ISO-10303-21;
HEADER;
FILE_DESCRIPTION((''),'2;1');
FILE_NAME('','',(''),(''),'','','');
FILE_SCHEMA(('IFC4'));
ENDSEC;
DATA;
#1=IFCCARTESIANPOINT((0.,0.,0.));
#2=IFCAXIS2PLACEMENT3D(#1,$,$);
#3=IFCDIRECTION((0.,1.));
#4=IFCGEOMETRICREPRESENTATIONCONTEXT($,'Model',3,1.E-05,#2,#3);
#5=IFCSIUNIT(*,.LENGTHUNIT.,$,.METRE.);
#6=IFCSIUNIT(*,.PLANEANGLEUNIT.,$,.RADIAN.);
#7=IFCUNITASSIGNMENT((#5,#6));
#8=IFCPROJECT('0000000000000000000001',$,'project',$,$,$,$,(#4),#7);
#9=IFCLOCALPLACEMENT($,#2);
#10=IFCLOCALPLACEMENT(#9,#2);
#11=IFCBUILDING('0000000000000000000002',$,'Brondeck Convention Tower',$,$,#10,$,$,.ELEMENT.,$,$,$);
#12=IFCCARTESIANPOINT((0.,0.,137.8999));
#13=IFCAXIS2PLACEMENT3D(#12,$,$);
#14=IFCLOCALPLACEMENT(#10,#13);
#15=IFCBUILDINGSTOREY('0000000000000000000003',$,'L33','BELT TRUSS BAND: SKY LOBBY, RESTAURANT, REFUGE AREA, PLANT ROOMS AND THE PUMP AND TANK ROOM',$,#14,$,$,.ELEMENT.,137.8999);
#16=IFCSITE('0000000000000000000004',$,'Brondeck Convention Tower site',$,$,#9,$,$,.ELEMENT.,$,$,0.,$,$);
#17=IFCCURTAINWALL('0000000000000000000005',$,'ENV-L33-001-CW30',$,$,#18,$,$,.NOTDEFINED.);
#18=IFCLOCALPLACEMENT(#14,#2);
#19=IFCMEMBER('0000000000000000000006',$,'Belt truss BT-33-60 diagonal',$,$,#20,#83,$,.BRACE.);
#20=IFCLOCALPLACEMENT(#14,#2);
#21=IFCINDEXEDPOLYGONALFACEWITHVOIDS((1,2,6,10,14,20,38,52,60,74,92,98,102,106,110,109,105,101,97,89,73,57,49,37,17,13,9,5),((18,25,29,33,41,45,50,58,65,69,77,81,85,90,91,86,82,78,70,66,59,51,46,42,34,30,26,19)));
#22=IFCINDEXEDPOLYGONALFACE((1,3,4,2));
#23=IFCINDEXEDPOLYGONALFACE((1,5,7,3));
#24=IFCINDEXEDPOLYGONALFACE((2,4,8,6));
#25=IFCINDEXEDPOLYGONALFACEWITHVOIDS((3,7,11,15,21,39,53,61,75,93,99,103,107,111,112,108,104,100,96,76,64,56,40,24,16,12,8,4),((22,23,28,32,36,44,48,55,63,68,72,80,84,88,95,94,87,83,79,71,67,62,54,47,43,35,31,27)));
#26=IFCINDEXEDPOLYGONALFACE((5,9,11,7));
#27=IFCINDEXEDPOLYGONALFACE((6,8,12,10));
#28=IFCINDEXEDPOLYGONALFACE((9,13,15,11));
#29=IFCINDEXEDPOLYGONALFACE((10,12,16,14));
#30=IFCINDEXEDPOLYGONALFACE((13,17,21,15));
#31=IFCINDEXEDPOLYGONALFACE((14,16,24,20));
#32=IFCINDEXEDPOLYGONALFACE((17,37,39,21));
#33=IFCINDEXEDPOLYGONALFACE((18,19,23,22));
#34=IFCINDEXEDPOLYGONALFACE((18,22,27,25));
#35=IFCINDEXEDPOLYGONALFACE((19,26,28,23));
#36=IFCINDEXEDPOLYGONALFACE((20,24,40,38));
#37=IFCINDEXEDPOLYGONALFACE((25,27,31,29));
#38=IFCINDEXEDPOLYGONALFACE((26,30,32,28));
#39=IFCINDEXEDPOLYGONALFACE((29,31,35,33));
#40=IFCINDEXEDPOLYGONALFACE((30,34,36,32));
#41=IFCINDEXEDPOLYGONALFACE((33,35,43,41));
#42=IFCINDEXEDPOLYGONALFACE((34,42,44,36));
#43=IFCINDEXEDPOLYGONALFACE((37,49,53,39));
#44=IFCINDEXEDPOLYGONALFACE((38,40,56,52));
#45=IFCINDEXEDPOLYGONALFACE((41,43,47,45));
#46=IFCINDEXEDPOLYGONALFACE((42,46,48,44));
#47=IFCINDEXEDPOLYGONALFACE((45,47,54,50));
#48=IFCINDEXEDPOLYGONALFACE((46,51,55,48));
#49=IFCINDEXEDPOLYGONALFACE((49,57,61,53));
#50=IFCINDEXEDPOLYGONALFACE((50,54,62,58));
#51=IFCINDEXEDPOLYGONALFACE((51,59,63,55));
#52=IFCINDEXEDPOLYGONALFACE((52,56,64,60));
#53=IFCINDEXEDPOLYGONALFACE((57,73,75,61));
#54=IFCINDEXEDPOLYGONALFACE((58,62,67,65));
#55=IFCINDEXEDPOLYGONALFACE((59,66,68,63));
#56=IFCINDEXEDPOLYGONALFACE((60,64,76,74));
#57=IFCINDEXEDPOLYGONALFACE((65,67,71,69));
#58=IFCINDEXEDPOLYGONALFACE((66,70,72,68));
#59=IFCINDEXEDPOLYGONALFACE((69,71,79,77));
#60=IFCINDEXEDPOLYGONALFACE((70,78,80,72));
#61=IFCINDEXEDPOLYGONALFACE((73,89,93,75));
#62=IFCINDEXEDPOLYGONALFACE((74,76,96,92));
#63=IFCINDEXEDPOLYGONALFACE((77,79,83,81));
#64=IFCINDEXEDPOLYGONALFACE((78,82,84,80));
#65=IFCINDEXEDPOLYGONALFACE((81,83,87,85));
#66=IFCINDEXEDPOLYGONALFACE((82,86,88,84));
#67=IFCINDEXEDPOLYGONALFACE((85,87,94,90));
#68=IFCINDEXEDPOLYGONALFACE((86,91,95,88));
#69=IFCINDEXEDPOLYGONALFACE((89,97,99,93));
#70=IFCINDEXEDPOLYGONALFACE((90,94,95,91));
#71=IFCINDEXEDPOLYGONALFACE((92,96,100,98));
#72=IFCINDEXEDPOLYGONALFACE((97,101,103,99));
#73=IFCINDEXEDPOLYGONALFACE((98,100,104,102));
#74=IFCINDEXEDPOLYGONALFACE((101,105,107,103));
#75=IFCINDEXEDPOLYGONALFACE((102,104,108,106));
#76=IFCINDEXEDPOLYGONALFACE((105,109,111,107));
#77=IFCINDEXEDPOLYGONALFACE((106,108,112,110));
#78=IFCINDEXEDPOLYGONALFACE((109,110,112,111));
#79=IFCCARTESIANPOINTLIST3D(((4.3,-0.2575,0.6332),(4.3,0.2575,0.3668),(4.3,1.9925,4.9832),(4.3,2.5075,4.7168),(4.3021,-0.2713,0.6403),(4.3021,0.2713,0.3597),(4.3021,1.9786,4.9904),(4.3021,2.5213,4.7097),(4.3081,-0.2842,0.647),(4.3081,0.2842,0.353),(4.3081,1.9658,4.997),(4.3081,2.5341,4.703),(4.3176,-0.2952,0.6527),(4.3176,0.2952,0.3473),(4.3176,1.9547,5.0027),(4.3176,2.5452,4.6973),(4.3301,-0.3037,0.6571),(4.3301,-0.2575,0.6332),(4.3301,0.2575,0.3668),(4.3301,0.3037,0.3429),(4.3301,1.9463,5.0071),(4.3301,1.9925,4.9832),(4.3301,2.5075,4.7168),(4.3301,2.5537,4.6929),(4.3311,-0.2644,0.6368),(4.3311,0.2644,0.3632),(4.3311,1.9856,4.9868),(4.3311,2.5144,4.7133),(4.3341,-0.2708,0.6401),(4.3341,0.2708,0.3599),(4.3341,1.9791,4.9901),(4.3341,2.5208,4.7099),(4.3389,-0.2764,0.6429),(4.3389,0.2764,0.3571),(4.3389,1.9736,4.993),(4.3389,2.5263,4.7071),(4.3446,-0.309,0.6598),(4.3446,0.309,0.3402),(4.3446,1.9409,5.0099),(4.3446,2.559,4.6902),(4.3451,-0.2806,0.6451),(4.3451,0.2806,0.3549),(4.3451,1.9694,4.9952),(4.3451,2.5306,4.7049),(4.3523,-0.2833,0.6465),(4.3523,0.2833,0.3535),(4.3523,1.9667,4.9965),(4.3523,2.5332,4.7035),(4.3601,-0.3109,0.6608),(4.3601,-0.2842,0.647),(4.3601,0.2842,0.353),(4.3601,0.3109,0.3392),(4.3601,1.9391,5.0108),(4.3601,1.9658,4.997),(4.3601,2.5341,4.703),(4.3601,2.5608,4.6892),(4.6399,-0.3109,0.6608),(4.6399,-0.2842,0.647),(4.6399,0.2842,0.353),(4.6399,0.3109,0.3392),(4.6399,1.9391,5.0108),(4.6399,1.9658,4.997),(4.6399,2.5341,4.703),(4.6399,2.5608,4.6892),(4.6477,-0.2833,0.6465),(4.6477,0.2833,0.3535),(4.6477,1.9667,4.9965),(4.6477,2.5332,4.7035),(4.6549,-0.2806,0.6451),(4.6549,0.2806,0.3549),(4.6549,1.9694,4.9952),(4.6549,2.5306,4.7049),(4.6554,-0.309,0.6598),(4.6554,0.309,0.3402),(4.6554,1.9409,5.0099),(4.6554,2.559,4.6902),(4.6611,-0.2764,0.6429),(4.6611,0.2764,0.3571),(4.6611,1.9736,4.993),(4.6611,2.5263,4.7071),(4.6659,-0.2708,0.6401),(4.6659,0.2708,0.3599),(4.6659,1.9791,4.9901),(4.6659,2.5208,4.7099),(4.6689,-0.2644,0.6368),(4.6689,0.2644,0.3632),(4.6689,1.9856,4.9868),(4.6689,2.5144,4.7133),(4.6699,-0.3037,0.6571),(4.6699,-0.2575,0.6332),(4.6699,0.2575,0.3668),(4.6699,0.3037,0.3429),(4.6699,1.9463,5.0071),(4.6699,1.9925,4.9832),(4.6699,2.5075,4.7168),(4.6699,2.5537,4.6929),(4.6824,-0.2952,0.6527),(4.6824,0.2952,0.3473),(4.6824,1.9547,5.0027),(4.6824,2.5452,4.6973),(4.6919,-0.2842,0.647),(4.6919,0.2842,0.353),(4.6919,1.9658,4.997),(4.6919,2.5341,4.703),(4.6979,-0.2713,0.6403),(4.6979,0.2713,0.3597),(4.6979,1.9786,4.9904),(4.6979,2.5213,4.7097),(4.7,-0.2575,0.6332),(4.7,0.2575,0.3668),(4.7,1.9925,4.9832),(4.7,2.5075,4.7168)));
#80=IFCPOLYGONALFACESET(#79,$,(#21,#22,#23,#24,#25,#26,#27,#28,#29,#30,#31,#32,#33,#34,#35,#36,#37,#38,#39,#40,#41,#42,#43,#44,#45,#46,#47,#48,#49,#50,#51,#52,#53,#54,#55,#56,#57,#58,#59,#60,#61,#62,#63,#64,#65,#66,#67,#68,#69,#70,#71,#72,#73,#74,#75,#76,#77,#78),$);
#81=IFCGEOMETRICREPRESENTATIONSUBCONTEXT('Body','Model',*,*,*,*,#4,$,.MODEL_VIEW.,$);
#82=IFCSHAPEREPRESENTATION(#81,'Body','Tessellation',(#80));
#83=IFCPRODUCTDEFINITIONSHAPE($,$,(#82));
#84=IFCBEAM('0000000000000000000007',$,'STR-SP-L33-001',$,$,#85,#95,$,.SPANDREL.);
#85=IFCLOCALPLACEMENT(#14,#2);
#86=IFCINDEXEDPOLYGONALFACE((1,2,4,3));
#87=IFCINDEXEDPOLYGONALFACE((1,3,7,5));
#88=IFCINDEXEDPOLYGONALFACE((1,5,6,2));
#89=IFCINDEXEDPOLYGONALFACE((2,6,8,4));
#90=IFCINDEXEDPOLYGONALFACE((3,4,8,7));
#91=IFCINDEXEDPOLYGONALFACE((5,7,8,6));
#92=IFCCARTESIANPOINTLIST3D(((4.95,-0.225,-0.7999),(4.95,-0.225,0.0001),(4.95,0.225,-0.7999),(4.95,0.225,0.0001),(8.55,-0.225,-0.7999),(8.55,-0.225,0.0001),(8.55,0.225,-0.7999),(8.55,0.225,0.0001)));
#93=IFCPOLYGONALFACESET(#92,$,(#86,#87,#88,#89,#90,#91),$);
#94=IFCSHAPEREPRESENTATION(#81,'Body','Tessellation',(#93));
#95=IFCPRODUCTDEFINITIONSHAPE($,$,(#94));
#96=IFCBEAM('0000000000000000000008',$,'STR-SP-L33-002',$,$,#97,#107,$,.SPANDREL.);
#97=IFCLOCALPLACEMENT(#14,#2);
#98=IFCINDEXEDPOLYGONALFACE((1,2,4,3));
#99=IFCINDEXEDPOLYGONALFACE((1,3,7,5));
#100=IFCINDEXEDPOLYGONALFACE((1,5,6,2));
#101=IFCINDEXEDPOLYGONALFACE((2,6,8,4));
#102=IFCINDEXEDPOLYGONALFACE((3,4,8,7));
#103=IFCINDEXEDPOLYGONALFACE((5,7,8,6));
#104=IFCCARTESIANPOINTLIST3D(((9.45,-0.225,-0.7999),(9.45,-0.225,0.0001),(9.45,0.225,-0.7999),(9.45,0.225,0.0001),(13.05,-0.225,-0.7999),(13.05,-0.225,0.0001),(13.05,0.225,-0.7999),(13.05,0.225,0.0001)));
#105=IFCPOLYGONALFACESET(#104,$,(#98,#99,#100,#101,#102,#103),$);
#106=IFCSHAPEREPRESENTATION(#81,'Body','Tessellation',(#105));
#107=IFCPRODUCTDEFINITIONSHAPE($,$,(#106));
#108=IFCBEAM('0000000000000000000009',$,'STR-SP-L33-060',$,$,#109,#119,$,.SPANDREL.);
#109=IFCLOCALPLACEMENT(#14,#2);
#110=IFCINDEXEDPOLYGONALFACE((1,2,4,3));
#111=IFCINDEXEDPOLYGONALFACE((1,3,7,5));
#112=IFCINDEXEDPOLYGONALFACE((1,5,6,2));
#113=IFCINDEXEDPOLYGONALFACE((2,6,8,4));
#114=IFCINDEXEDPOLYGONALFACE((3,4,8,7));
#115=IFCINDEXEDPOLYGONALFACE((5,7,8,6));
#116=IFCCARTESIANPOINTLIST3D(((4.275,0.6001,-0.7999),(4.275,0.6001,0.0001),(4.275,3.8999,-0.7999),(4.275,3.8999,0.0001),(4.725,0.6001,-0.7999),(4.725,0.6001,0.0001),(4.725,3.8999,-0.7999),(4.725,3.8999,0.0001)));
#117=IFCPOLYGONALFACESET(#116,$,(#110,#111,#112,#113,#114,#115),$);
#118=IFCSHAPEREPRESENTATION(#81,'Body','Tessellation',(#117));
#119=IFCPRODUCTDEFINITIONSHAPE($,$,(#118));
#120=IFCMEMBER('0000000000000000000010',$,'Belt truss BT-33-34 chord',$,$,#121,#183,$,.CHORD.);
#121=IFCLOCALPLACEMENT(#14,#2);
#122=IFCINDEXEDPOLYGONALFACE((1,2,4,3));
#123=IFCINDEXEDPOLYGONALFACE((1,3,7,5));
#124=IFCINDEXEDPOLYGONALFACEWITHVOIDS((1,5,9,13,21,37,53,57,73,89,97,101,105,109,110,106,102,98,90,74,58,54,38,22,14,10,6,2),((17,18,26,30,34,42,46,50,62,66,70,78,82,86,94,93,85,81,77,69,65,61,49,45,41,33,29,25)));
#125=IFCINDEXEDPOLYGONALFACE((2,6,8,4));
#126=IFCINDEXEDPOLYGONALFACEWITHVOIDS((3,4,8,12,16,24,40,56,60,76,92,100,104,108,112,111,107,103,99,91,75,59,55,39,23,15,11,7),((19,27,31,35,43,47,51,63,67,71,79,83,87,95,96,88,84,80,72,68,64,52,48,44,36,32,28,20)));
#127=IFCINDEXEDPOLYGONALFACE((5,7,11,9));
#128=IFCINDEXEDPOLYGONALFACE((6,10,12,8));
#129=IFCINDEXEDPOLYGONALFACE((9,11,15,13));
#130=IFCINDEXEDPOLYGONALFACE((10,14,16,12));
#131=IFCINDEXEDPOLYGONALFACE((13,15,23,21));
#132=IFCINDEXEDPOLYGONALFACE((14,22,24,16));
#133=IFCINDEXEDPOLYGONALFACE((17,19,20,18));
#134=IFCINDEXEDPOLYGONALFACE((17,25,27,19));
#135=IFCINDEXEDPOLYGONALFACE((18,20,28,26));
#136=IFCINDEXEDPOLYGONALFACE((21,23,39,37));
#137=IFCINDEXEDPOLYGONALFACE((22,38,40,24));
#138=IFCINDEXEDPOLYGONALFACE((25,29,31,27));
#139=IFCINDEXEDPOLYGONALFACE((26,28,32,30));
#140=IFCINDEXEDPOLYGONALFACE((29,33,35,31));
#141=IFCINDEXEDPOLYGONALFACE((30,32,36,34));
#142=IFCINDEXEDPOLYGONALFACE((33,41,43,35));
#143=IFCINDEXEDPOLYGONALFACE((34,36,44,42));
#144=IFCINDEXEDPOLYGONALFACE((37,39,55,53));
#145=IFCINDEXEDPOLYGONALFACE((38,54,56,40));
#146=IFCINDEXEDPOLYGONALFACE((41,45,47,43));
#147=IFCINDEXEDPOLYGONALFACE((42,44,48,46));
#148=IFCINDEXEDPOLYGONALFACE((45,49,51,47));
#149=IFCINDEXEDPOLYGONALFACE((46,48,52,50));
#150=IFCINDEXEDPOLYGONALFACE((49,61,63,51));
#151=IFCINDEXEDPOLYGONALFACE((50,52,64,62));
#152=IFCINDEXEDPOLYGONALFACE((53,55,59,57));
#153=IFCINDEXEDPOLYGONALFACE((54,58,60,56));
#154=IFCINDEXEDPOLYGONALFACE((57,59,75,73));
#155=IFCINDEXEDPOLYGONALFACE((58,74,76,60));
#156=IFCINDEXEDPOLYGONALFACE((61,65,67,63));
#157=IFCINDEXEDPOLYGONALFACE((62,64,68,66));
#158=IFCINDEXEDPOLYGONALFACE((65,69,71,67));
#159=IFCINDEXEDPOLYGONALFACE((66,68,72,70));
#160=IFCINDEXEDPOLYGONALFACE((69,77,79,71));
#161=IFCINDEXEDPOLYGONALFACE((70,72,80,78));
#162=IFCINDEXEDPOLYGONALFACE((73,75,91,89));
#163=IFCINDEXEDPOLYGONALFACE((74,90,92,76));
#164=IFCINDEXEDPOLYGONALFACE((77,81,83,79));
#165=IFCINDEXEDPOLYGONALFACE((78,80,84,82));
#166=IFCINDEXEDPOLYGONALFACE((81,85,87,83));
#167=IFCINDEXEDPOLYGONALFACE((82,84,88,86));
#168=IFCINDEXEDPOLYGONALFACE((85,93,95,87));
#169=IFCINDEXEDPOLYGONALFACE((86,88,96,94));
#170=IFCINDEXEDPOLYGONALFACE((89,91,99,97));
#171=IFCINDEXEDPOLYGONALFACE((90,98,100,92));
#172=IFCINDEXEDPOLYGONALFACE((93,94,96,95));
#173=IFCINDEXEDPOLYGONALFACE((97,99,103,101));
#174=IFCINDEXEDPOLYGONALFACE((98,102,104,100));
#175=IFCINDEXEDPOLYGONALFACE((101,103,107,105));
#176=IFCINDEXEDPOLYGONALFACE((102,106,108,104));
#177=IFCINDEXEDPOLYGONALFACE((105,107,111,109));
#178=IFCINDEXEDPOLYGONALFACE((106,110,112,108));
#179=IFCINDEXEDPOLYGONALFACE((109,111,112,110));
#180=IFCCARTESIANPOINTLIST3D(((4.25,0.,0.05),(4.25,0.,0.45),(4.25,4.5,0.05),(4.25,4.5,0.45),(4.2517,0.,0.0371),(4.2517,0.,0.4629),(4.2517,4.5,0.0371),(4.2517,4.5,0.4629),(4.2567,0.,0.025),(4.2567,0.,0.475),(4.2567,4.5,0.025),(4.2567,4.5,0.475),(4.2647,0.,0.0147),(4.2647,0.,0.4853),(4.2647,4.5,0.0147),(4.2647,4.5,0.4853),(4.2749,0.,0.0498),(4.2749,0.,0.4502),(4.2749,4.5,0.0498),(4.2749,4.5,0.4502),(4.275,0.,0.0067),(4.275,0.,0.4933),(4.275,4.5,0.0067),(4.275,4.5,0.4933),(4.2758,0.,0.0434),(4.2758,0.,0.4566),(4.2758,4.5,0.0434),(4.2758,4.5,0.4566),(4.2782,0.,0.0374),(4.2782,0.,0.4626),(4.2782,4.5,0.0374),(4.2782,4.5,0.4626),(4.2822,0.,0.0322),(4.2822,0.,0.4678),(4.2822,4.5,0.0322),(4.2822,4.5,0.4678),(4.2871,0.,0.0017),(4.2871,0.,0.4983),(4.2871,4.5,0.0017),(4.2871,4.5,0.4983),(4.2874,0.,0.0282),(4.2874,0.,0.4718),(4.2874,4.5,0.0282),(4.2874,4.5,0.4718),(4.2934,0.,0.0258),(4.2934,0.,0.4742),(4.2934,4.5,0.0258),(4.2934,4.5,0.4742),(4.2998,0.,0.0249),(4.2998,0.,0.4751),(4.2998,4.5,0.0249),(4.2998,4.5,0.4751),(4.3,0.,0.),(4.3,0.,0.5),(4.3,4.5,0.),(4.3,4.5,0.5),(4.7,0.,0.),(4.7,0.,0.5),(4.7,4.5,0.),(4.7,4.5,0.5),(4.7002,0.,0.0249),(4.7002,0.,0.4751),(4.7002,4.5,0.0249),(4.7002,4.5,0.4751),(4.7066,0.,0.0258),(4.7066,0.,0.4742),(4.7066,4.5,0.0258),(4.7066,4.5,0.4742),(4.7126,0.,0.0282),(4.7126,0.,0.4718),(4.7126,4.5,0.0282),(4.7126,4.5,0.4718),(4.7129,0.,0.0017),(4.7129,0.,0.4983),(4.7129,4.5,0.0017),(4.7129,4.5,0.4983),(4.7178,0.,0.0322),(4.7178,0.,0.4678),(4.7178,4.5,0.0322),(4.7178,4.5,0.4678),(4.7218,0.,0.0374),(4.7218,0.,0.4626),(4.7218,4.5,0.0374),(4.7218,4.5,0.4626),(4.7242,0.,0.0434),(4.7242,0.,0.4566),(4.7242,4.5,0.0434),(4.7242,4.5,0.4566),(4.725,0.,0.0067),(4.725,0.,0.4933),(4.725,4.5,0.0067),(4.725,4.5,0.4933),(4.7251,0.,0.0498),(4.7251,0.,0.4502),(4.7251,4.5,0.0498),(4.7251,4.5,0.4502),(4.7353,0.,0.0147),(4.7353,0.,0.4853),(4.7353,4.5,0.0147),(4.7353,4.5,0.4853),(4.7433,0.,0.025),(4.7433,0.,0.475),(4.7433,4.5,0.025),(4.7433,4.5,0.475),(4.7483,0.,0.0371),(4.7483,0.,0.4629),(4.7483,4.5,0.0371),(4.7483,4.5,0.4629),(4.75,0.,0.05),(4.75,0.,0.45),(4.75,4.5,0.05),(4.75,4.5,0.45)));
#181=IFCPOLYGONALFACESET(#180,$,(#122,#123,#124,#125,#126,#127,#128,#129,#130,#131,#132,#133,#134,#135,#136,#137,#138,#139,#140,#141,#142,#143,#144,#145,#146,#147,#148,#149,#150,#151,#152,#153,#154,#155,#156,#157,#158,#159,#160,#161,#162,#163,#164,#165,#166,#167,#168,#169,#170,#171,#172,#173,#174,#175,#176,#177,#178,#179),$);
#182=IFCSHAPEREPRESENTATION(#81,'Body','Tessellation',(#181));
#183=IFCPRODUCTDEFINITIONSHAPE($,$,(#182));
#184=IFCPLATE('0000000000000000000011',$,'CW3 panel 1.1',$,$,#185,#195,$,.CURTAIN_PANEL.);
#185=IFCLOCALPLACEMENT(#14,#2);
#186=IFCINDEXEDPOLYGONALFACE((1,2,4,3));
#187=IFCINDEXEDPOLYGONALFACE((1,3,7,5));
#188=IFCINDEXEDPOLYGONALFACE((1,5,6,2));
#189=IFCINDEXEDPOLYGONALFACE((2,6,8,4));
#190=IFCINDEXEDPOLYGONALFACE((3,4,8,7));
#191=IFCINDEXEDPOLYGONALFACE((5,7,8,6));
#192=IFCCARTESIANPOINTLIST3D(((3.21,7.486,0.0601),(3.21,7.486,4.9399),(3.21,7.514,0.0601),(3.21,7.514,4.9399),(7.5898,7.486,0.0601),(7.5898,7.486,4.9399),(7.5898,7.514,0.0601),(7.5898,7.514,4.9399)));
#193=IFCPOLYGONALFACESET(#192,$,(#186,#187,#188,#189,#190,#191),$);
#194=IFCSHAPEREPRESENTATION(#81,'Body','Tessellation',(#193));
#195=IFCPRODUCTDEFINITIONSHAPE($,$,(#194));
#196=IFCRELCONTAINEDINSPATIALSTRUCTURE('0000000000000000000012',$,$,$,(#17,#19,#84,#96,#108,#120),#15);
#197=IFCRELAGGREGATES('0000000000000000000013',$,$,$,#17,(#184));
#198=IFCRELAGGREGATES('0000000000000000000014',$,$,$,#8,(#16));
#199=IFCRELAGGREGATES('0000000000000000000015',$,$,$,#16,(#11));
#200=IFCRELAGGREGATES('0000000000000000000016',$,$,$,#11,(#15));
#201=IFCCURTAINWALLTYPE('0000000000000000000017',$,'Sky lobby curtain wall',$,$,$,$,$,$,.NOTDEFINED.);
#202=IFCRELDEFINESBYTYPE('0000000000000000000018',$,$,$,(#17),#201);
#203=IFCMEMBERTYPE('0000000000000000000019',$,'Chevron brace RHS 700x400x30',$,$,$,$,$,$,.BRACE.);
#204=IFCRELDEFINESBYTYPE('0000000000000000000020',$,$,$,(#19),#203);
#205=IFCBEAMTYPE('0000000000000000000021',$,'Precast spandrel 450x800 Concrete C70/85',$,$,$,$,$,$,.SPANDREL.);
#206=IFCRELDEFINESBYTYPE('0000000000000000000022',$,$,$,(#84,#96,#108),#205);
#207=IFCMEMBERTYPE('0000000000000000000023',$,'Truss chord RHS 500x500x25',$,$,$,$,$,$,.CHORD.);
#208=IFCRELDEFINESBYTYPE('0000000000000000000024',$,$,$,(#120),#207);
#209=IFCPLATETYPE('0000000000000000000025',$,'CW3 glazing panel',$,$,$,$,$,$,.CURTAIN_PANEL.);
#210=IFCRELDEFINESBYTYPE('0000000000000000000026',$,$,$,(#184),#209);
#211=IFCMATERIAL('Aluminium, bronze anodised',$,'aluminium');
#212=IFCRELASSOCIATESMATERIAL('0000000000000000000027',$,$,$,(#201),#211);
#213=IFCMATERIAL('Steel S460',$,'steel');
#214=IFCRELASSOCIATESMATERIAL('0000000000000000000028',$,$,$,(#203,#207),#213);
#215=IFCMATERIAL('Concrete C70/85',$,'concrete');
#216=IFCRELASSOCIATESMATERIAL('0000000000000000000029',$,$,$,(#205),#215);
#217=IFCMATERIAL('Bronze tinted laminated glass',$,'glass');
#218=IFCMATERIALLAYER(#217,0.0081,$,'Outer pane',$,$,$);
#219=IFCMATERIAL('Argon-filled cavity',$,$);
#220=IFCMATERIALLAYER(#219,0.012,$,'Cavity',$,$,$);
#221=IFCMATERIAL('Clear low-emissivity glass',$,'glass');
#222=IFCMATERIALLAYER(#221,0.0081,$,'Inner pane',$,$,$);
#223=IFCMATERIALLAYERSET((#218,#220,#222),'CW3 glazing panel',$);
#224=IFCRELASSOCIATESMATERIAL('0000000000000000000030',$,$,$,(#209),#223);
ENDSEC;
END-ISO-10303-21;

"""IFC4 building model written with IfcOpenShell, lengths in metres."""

from ifc_helpers import new_model, si_unit, direction, frame, origin, origin_2d, place, context, subcontext, project, spatial, rectangle, hollow_rectangle, extrude, material, layer, layer_set, material_profile, profile_set, type_object, element, aggregate, save


model = new_model("IFC4")

# Units and contexts
model_context = context("Model", 3, precision=1e-05, world=origin(), true_north=direction((0.0, 1.0)))
body_context = subcontext(model_context, "Body", "Model", "MODEL_VIEW")
ifc_project = project(units=[si_unit("LENGTHUNIT", "METRE"), si_unit("PLANEANGLEUNIT", "RADIAN")], contexts=[model_context])

# Site, building, storey
site_placement = place(None, origin())
site = spatial("IfcSite", under=ifc_project, at=site_placement, Name="Brondeck Convention Tower site", CompositionType="ELEMENT", RefElevation=0.0)
building_placement = place(site_placement, origin())
building = spatial("IfcBuilding", under=site, at=building_placement, Name="Brondeck Convention Tower", CompositionType="ELEMENT")
storey_placement = place(building_placement, frame((0.0, 0.0, 137.8999)))
storey = spatial("IfcBuildingStorey", under=building, at=storey_placement, Name="L33", Description="BELT TRUSS BAND: SKY LOBBY, RESTAURANT, REFUGE AREA, PLANT ROOMS AND THE PUMP AND TANK ROOM", CompositionType="ELEMENT", Elevation=137.8999)

# Shared definitions
ifc_material_1 = material(Name="Concrete C70/85", Category="concrete")

# Curtain wall
ifc_material_2 = material(Name="Aluminium, bronze anodised", Category="aluminium")
curtain_wall_type = type_object("IfcCurtainWallType", Name="Sky lobby curtain wall", PredefinedType="NOTDEFINED", material=ifc_material_2)
curtain_wall_1_placement = place(storey_placement, origin())
curtain_wall_1 = element("IfcCurtainWall", 1, at=curtain_wall_1_placement, inside=storey, type_object=curtain_wall_type, Name="ENV-L33-001-CW30", PredefinedType="NOTDEFINED")

# Member
ifc_material_3 = material(Name="Steel S460", Category="steel")
ifc_material_profile_1 = material_profile(ifc_material_3, hollow_rectangle(XDim=0.3999, YDim=0.7, WallThickness=0.03, InnerFilletRadius=0.03, OuterFilletRadius=0.0601, at=origin_2d()), Name="RHS 700x400x30")
ifc_profile_set_1 = profile_set([ifc_material_profile_1], Name="Steel S460")
member_type_1 = type_object("IfcMemberType", Name="Chevron brace RHS 700x400x30", PredefinedType="BRACE", material=ifc_profile_set_1)
for number, where, z_axis, x_axis, name in (
    (2, (4.5, 0.0, 0.5), (0.0, 0.459415, 0.888222), (-1.0, 0.0, 0.0), "Belt truss BT-33-60 diagonal"),
):
    element("IfcMember", number, at=place(storey_placement, frame(where, z_axis=z_axis, x_axis=x_axis)), inside=storey, type_object=member_type_1, Name=name, PredefinedType="BRACE", context=body_context, shape_type="SweptSolid", body=[
        extrude(hollow_rectangle(XDim=0.3999, YDim=0.7, WallThickness=0.03, InnerFilletRadius=0.03, OuterFilletRadius=0.0601, at=origin_2d()), origin(), (0.0, 0.0, 1.0), 4.8975),
    ])

# Beams
ifc_material_profile_2 = material_profile(ifc_material_1, rectangle(XDim=0.45, YDim=0.8, at=origin_2d()), Name="Precast spandrel 450x800 Concrete C70/85")
ifc_profile_set_2 = profile_set([ifc_material_profile_2], Name="Concrete C70/85")
beam_type = type_object("IfcBeamType", Name="Precast spandrel 450x800 Concrete C70/85", PredefinedType="SPANDREL", material=ifc_profile_set_2)
for number, where, z_axis, x_axis, name in (
    (3, (4.95, 0.0, -0.3999), (1.0, 0.0, 0.0), (0.0, 1.0, 0.0), "STR-SP-L33-001"),
    (4, (9.45, 0.0, -0.3999), (1.0, 0.0, 0.0), (0.0, 1.0, 0.0), "STR-SP-L33-002"),
):
    element("IfcBeam", number, at=place(storey_placement, frame(where, z_axis=z_axis, x_axis=x_axis)), inside=storey, type_object=beam_type, Name=name, PredefinedType="SPANDREL", context=body_context, shape_type="SweptSolid", body=[
        extrude(rectangle(XDim=0.45, YDim=0.8, at=origin_2d()), origin(), (0.0, 0.0, 1.0), 3.6001),
    ])
beam_placement = place(storey_placement, frame((4.5, 3.8999, -0.3999), z_axis=(0.0, -1.0, 0.0), x_axis=(1.0, 0.0, 0.0)))
element("IfcBeam", 5, at=beam_placement, inside=storey, type_object=beam_type, Name="STR-SP-L33-060", PredefinedType="SPANDREL", context=body_context, shape_type="SweptSolid", body=[
    extrude(rectangle(XDim=0.45, YDim=0.8, at=origin_2d()), origin(), (0.0, 0.0, 1.0), 3.2998),
])

# Member
ifc_material_profile_3 = material_profile(ifc_material_3, hollow_rectangle(XDim=0.5, YDim=0.5, WallThickness=0.0249, InnerFilletRadius=0.0249, OuterFilletRadius=0.05, at=origin_2d()), Name="RHS 500x500x25")
ifc_profile_set_3 = profile_set([ifc_material_profile_3], Name="Steel S460")
member_type_2 = type_object("IfcMemberType", Name="Truss chord RHS 500x500x25", PredefinedType="CHORD", material=ifc_profile_set_3)
member_1_placement = place(storey_placement, frame((4.5, 4.5, 0.25), z_axis=(0.0, -1.0, 0.0), x_axis=(1.0, 0.0, 0.0)))
element("IfcMember", 6, at=member_1_placement, inside=storey, type_object=member_type_2, Name="Belt truss BT-33-34 chord", PredefinedType="CHORD", context=body_context, shape_type="SweptSolid", body=[
    extrude(hollow_rectangle(XDim=0.5, YDim=0.5, WallThickness=0.0249, InnerFilletRadius=0.0249, OuterFilletRadius=0.05, at=origin_2d()), origin(), (0.0, 0.0, 1.0), 4.5),
])

# Plate
ifc_material_4 = material(Name="Bronze tinted laminated glass", Category="glass")
ifc_layer_1 = layer(ifc_material_4, 0.0081, Name="Outer pane")
ifc_material_5 = material(Name="Argon-filled cavity")
ifc_layer_2 = layer(ifc_material_5, 0.012, Name="Cavity")
ifc_material_6 = material(Name="Clear low-emissivity glass", Category="glass")
ifc_layer_3 = layer(ifc_material_6, 0.0081, Name="Inner pane")
ifc_layer_set_1 = layer_set([ifc_layer_1, ifc_layer_2, ifc_layer_3], Name="CW3 glazing panel")
plate_type = type_object("IfcPlateType", Name="CW3 glazing panel", PredefinedType="CURTAIN_PANEL", material=ifc_layer_set_1)
plate_1_placement = place(storey_placement, frame((5.3999, 7.5, 0.0601), z_axis=(0.0, 0.0, 1.0), x_axis=(-1.0, 0.0, 0.0)))
plate_1 = element("IfcPlate", 7, at=plate_1_placement, type_object=plate_type, Name="CW3 panel 1.1", PredefinedType="CURTAIN_PANEL", context=body_context, shape_type="SweptSolid", body=[
    extrude(rectangle(XDim=4.3799, YDim=0.0281, at=origin_2d()), origin(), (0.0, 0.0, 1.0), 4.8799),
])
aggregate(curtain_wall_1, [plate_1])

save(model, "model.ifc")
